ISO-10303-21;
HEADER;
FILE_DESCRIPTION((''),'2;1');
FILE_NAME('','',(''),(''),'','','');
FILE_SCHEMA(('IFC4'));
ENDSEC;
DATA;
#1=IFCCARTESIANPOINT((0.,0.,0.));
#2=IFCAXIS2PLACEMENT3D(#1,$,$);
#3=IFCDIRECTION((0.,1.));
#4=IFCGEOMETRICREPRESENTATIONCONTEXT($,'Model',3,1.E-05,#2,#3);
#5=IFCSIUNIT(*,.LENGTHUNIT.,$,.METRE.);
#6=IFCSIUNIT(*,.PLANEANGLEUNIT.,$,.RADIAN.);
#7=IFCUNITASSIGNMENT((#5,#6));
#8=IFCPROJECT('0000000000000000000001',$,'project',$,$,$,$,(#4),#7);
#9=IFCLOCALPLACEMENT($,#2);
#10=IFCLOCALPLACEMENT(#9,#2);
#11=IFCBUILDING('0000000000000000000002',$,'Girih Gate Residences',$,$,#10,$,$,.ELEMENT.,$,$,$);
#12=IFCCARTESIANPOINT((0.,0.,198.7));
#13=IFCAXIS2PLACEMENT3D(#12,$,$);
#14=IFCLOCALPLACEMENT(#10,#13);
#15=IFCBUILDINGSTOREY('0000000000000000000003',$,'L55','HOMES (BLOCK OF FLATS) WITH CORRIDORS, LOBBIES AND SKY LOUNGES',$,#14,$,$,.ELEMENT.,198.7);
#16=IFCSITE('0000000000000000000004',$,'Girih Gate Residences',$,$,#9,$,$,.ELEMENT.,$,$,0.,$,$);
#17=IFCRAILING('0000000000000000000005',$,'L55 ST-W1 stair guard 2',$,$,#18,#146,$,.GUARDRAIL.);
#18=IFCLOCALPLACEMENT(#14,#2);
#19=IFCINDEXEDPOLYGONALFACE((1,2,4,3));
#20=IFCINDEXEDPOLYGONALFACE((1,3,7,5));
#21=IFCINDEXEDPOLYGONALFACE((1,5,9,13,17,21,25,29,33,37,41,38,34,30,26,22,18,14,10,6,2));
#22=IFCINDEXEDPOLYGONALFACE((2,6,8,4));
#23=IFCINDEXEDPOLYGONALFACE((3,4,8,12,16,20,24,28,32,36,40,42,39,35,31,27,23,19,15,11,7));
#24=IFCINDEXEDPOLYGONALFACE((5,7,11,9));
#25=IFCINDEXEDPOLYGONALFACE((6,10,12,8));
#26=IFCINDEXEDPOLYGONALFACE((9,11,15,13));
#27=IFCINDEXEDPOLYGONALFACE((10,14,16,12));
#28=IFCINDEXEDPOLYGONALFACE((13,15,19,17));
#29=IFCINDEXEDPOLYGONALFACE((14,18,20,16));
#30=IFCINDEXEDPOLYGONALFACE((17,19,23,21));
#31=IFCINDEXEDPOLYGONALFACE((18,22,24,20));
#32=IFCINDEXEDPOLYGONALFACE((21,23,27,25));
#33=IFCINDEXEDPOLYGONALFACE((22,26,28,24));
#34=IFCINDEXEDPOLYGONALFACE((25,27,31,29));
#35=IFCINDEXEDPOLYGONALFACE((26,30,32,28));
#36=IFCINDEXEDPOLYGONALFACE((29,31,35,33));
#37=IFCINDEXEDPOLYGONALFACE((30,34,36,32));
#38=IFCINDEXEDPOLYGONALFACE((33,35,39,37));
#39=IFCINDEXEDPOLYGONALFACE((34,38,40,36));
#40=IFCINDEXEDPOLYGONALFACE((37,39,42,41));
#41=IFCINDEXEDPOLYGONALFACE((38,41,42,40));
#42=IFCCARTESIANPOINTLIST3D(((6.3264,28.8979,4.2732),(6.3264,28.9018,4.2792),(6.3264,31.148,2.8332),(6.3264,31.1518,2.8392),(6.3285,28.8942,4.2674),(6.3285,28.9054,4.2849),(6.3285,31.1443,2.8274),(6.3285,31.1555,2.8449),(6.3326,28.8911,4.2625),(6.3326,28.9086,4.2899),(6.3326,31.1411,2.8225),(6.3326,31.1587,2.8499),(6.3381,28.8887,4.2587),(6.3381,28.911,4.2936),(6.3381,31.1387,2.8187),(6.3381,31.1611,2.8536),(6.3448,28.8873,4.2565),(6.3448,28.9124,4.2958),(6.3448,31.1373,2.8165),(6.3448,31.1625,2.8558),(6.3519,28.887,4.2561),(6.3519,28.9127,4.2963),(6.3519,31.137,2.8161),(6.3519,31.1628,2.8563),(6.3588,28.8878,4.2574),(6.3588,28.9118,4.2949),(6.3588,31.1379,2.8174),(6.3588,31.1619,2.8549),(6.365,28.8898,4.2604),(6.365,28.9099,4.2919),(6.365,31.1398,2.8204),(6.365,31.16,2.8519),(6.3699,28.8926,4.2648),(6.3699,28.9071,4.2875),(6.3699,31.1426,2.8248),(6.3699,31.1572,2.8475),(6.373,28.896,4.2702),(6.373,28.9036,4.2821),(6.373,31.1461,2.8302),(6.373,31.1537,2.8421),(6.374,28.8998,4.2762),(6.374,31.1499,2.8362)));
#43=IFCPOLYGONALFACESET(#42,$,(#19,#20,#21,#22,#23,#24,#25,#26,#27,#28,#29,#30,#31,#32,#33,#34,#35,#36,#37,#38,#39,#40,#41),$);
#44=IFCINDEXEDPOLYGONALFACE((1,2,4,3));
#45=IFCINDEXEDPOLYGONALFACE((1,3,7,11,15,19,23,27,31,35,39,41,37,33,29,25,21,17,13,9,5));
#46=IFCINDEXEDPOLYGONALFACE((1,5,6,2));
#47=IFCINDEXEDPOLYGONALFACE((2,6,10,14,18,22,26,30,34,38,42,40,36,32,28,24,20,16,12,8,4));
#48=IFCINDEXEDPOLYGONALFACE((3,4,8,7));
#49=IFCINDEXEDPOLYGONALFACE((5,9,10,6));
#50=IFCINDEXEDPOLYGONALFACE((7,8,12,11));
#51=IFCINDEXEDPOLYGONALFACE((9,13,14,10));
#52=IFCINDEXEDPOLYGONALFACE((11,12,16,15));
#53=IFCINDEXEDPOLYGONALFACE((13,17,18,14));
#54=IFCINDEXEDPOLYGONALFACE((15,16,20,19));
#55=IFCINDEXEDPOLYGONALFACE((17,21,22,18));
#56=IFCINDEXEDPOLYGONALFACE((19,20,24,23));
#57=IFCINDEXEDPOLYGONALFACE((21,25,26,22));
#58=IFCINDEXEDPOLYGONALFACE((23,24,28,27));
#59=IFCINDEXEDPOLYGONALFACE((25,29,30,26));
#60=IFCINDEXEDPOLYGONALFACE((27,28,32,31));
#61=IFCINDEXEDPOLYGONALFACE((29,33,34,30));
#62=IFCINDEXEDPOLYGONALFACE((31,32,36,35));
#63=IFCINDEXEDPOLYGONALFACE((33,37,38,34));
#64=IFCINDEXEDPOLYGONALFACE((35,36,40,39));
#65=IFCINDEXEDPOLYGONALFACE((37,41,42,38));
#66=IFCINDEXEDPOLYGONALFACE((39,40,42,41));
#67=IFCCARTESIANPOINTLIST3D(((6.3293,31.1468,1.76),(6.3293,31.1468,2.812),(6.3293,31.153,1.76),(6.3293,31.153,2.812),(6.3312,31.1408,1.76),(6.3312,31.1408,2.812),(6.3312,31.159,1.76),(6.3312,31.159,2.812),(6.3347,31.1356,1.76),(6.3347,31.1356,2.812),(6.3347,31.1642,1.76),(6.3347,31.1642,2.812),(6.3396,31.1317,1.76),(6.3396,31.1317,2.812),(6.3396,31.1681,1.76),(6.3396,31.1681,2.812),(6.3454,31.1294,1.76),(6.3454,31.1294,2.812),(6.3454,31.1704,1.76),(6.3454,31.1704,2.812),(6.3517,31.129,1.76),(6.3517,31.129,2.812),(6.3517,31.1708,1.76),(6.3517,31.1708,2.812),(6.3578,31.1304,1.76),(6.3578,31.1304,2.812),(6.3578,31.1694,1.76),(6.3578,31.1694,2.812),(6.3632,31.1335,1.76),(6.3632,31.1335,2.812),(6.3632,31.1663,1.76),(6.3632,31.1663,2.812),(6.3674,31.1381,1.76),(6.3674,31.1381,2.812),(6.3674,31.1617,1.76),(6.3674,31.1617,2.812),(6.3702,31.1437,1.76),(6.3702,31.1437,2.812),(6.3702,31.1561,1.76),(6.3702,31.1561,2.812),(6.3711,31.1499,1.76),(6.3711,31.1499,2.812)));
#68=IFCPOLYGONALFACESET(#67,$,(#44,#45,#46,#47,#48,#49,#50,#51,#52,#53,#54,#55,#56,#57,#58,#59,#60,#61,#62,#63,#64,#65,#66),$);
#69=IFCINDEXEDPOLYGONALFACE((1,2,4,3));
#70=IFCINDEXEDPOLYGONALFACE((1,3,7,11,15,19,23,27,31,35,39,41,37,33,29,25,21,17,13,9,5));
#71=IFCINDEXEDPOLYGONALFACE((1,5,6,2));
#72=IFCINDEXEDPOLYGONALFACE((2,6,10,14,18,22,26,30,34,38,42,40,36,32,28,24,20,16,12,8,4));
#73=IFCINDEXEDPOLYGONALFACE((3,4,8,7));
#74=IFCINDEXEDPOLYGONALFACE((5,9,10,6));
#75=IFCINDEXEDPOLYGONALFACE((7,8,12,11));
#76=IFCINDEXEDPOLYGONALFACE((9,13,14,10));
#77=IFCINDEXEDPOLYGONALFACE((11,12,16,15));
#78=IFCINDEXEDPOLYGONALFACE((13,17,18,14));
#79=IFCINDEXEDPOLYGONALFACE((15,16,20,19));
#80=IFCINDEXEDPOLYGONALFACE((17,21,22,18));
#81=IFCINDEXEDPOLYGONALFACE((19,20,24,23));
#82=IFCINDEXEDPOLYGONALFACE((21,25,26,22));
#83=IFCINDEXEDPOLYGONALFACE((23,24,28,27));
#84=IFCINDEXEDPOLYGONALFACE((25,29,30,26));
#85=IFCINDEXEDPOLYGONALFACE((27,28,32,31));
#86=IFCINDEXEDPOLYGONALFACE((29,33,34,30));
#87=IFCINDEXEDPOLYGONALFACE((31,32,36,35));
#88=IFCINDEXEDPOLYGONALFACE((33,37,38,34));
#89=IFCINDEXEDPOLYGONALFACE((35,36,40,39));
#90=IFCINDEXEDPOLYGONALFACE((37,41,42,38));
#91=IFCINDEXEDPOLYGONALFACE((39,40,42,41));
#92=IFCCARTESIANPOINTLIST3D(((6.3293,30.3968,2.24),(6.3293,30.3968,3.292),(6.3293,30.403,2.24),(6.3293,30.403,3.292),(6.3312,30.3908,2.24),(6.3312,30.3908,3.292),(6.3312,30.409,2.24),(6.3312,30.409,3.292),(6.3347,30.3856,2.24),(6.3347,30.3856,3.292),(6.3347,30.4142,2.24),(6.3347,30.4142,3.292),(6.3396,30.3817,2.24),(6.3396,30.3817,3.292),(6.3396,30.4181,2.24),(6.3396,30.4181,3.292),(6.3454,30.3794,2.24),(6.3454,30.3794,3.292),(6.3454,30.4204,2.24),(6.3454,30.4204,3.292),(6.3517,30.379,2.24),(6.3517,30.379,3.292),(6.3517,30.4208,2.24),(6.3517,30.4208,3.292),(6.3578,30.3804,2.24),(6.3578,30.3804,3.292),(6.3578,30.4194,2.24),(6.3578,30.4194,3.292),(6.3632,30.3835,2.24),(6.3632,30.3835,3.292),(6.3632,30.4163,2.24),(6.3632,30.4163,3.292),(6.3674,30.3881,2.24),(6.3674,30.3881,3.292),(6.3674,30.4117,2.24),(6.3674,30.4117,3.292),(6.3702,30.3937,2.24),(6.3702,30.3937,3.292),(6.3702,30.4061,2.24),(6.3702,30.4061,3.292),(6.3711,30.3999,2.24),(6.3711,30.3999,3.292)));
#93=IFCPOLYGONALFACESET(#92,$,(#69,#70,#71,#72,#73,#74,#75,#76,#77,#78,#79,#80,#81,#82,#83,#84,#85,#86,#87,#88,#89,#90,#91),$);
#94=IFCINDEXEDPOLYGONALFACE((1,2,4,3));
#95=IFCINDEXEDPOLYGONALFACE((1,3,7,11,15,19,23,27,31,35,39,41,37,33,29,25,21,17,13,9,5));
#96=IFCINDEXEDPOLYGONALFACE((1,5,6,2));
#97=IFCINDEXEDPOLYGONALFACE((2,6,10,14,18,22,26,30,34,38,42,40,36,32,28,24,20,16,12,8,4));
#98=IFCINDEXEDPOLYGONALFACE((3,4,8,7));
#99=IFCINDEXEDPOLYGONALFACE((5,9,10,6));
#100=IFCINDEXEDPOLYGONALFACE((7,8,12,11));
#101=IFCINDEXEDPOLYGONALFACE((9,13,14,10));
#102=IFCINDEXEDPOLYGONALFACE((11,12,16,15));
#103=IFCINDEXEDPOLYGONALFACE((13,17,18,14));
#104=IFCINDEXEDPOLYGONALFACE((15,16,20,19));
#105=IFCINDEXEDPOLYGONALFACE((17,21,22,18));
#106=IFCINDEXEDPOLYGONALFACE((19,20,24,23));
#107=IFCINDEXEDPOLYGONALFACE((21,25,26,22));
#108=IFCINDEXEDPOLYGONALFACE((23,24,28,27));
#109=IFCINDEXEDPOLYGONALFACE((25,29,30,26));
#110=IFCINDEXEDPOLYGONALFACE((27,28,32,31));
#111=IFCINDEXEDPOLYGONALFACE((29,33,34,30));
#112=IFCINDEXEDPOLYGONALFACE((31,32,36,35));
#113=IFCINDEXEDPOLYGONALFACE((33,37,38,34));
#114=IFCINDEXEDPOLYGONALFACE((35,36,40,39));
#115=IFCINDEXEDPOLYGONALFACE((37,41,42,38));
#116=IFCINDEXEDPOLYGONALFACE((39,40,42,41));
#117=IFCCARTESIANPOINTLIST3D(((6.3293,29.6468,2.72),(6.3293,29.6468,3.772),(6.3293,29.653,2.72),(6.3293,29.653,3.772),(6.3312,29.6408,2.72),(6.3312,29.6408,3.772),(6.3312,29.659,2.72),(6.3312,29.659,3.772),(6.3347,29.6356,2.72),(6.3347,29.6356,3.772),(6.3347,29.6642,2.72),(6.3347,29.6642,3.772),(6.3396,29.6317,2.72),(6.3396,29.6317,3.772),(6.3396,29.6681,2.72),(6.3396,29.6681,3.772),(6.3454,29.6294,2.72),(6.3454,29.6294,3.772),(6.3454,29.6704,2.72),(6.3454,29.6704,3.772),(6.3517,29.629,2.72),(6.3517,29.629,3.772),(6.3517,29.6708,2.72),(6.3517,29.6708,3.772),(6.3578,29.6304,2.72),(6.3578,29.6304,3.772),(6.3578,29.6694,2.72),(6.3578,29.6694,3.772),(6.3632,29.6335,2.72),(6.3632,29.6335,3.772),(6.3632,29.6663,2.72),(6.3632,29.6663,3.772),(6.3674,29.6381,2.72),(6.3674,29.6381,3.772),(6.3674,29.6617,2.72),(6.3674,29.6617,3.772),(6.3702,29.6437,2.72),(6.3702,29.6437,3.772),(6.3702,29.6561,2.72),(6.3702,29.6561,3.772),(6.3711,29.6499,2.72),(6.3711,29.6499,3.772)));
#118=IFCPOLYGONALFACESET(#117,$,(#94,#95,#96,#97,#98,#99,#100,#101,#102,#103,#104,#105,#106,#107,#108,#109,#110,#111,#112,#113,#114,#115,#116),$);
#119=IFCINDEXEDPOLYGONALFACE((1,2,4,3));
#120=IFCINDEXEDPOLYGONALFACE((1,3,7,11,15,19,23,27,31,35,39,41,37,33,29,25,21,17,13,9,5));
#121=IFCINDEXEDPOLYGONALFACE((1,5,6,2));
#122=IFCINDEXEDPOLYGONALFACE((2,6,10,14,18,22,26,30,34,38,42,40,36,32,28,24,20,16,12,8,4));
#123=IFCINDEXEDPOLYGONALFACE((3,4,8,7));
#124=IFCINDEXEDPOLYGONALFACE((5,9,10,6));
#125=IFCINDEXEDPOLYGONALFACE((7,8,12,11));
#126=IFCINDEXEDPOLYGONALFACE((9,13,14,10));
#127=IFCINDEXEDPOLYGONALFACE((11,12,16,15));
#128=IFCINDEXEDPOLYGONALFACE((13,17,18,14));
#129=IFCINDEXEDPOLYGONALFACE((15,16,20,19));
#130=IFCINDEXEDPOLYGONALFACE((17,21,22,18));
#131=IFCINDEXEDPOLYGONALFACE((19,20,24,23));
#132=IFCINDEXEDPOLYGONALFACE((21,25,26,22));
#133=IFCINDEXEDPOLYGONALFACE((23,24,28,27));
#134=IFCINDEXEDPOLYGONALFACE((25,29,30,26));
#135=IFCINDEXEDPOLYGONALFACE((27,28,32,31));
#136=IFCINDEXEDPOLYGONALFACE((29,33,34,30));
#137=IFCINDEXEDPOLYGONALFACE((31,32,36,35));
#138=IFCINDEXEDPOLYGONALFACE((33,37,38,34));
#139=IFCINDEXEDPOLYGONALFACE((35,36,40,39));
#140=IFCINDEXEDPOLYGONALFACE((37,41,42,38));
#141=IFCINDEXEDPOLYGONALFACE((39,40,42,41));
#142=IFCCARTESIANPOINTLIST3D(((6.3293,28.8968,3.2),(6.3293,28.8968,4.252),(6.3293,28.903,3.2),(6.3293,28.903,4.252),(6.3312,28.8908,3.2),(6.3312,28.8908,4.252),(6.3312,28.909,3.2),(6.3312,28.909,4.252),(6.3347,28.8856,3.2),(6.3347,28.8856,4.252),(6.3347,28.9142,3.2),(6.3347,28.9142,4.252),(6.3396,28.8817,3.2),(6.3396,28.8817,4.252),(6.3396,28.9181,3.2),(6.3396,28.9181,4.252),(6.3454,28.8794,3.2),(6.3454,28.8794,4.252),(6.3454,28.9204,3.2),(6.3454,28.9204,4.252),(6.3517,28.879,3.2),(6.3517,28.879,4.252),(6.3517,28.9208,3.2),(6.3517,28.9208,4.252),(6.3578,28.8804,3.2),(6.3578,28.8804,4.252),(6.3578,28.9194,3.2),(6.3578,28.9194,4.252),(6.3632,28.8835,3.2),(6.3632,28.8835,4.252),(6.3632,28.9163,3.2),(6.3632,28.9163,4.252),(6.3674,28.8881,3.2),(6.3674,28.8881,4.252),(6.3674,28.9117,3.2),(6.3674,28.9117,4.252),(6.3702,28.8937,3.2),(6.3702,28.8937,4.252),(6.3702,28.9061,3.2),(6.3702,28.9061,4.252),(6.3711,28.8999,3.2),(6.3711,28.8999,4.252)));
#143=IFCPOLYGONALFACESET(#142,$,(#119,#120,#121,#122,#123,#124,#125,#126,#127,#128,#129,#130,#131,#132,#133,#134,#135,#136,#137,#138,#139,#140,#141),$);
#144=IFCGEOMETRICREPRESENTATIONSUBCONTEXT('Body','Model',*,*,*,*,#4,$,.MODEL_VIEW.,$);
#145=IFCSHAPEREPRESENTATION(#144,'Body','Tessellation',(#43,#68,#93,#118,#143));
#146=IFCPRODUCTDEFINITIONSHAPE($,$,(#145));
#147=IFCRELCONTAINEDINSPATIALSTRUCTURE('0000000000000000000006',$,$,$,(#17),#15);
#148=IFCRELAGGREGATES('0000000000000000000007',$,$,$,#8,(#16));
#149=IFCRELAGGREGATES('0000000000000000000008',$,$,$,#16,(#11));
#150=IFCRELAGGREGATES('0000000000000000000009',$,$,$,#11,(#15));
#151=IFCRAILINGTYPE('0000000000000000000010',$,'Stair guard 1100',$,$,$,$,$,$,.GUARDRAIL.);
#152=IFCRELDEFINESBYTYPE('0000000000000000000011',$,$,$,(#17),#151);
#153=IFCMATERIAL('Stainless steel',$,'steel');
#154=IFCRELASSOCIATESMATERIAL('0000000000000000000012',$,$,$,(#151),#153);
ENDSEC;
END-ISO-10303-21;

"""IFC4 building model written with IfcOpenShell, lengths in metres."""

from ifc_helpers import new_model, si_unit, direction, frame, origin, origin_2d, place, context, subcontext, project, spatial, circle, extrude, material, type_object, element, save


model = new_model("IFC4")

# Units and contexts
model_context = context("Model", 3, precision=1e-05, world=origin(), true_north=direction((0.0, 1.0)))
body_context = subcontext(model_context, "Body", "Model", "MODEL_VIEW")
ifc_project = project(units=[si_unit("LENGTHUNIT", "METRE"), si_unit("PLANEANGLEUNIT", "RADIAN")], contexts=[model_context])

# Site, building, storey
site_placement = place(None, origin())
site = spatial("IfcSite", under=ifc_project, at=site_placement, Name="Girih Gate Residences", CompositionType="ELEMENT", RefElevation=0.0)
building_placement = place(site_placement, origin())
building = spatial("IfcBuilding", under=site, at=building_placement, Name="Girih Gate Residences", CompositionType="ELEMENT")
storey_placement = place(building_placement, frame((0.0, 0.0, 198.7)))
storey = spatial("IfcBuildingStorey", under=building, at=storey_placement, Name="L55", Description="HOMES (BLOCK OF FLATS) WITH CORRIDORS, LOBBIES AND SKY LOUNGES", CompositionType="ELEMENT", Elevation=198.7)

# Railing
ifc_material_1 = material(Name="Stainless steel", Category="steel")
railing_type_1 = type_object("IfcRailingType", Name="Stair guard 1100", PredefinedType="GUARDRAIL", material=ifc_material_1)
railing_1_placement = place(storey_placement, frame((6.3501, 31.1499, 1.76)))
element("IfcRailing", 1, at=railing_1_placement, inside=storey, type_object=railing_type_1, Name="L55 ST-W1 stair guard 2", PredefinedType="GUARDRAIL", context=body_context, shape_type="SweptSolid", body=[
    extrude(circle(Radius=0.0239, at=origin_2d()), frame((0.0, 0.0, 1.0762), z_axis=(0.0, -0.842281, 0.539038), x_axis=(1.0, 0.0, 0.0)), (0.0, 0.0, 1.0), 2.6714),
    extrude(circle(Radius=0.021, at=origin_2d()), origin(), (0.0, 0.0, 1.0), 1.052),
    extrude(circle(Radius=0.021, at=origin_2d()), frame((0.0, -0.75, 0.48)), (0.0, 0.0, 1.0), 1.052),
    extrude(circle(Radius=0.021, at=origin_2d()), frame((0.0, -1.5, 0.96)), (0.0, 0.0, 1.0), 1.052),
    extrude(circle(Radius=0.021, at=origin_2d()), frame((0.0, -2.25, 1.4399)), (0.0, 0.0, 1.0), 1.052),
])

save(model, "model.ifc")
